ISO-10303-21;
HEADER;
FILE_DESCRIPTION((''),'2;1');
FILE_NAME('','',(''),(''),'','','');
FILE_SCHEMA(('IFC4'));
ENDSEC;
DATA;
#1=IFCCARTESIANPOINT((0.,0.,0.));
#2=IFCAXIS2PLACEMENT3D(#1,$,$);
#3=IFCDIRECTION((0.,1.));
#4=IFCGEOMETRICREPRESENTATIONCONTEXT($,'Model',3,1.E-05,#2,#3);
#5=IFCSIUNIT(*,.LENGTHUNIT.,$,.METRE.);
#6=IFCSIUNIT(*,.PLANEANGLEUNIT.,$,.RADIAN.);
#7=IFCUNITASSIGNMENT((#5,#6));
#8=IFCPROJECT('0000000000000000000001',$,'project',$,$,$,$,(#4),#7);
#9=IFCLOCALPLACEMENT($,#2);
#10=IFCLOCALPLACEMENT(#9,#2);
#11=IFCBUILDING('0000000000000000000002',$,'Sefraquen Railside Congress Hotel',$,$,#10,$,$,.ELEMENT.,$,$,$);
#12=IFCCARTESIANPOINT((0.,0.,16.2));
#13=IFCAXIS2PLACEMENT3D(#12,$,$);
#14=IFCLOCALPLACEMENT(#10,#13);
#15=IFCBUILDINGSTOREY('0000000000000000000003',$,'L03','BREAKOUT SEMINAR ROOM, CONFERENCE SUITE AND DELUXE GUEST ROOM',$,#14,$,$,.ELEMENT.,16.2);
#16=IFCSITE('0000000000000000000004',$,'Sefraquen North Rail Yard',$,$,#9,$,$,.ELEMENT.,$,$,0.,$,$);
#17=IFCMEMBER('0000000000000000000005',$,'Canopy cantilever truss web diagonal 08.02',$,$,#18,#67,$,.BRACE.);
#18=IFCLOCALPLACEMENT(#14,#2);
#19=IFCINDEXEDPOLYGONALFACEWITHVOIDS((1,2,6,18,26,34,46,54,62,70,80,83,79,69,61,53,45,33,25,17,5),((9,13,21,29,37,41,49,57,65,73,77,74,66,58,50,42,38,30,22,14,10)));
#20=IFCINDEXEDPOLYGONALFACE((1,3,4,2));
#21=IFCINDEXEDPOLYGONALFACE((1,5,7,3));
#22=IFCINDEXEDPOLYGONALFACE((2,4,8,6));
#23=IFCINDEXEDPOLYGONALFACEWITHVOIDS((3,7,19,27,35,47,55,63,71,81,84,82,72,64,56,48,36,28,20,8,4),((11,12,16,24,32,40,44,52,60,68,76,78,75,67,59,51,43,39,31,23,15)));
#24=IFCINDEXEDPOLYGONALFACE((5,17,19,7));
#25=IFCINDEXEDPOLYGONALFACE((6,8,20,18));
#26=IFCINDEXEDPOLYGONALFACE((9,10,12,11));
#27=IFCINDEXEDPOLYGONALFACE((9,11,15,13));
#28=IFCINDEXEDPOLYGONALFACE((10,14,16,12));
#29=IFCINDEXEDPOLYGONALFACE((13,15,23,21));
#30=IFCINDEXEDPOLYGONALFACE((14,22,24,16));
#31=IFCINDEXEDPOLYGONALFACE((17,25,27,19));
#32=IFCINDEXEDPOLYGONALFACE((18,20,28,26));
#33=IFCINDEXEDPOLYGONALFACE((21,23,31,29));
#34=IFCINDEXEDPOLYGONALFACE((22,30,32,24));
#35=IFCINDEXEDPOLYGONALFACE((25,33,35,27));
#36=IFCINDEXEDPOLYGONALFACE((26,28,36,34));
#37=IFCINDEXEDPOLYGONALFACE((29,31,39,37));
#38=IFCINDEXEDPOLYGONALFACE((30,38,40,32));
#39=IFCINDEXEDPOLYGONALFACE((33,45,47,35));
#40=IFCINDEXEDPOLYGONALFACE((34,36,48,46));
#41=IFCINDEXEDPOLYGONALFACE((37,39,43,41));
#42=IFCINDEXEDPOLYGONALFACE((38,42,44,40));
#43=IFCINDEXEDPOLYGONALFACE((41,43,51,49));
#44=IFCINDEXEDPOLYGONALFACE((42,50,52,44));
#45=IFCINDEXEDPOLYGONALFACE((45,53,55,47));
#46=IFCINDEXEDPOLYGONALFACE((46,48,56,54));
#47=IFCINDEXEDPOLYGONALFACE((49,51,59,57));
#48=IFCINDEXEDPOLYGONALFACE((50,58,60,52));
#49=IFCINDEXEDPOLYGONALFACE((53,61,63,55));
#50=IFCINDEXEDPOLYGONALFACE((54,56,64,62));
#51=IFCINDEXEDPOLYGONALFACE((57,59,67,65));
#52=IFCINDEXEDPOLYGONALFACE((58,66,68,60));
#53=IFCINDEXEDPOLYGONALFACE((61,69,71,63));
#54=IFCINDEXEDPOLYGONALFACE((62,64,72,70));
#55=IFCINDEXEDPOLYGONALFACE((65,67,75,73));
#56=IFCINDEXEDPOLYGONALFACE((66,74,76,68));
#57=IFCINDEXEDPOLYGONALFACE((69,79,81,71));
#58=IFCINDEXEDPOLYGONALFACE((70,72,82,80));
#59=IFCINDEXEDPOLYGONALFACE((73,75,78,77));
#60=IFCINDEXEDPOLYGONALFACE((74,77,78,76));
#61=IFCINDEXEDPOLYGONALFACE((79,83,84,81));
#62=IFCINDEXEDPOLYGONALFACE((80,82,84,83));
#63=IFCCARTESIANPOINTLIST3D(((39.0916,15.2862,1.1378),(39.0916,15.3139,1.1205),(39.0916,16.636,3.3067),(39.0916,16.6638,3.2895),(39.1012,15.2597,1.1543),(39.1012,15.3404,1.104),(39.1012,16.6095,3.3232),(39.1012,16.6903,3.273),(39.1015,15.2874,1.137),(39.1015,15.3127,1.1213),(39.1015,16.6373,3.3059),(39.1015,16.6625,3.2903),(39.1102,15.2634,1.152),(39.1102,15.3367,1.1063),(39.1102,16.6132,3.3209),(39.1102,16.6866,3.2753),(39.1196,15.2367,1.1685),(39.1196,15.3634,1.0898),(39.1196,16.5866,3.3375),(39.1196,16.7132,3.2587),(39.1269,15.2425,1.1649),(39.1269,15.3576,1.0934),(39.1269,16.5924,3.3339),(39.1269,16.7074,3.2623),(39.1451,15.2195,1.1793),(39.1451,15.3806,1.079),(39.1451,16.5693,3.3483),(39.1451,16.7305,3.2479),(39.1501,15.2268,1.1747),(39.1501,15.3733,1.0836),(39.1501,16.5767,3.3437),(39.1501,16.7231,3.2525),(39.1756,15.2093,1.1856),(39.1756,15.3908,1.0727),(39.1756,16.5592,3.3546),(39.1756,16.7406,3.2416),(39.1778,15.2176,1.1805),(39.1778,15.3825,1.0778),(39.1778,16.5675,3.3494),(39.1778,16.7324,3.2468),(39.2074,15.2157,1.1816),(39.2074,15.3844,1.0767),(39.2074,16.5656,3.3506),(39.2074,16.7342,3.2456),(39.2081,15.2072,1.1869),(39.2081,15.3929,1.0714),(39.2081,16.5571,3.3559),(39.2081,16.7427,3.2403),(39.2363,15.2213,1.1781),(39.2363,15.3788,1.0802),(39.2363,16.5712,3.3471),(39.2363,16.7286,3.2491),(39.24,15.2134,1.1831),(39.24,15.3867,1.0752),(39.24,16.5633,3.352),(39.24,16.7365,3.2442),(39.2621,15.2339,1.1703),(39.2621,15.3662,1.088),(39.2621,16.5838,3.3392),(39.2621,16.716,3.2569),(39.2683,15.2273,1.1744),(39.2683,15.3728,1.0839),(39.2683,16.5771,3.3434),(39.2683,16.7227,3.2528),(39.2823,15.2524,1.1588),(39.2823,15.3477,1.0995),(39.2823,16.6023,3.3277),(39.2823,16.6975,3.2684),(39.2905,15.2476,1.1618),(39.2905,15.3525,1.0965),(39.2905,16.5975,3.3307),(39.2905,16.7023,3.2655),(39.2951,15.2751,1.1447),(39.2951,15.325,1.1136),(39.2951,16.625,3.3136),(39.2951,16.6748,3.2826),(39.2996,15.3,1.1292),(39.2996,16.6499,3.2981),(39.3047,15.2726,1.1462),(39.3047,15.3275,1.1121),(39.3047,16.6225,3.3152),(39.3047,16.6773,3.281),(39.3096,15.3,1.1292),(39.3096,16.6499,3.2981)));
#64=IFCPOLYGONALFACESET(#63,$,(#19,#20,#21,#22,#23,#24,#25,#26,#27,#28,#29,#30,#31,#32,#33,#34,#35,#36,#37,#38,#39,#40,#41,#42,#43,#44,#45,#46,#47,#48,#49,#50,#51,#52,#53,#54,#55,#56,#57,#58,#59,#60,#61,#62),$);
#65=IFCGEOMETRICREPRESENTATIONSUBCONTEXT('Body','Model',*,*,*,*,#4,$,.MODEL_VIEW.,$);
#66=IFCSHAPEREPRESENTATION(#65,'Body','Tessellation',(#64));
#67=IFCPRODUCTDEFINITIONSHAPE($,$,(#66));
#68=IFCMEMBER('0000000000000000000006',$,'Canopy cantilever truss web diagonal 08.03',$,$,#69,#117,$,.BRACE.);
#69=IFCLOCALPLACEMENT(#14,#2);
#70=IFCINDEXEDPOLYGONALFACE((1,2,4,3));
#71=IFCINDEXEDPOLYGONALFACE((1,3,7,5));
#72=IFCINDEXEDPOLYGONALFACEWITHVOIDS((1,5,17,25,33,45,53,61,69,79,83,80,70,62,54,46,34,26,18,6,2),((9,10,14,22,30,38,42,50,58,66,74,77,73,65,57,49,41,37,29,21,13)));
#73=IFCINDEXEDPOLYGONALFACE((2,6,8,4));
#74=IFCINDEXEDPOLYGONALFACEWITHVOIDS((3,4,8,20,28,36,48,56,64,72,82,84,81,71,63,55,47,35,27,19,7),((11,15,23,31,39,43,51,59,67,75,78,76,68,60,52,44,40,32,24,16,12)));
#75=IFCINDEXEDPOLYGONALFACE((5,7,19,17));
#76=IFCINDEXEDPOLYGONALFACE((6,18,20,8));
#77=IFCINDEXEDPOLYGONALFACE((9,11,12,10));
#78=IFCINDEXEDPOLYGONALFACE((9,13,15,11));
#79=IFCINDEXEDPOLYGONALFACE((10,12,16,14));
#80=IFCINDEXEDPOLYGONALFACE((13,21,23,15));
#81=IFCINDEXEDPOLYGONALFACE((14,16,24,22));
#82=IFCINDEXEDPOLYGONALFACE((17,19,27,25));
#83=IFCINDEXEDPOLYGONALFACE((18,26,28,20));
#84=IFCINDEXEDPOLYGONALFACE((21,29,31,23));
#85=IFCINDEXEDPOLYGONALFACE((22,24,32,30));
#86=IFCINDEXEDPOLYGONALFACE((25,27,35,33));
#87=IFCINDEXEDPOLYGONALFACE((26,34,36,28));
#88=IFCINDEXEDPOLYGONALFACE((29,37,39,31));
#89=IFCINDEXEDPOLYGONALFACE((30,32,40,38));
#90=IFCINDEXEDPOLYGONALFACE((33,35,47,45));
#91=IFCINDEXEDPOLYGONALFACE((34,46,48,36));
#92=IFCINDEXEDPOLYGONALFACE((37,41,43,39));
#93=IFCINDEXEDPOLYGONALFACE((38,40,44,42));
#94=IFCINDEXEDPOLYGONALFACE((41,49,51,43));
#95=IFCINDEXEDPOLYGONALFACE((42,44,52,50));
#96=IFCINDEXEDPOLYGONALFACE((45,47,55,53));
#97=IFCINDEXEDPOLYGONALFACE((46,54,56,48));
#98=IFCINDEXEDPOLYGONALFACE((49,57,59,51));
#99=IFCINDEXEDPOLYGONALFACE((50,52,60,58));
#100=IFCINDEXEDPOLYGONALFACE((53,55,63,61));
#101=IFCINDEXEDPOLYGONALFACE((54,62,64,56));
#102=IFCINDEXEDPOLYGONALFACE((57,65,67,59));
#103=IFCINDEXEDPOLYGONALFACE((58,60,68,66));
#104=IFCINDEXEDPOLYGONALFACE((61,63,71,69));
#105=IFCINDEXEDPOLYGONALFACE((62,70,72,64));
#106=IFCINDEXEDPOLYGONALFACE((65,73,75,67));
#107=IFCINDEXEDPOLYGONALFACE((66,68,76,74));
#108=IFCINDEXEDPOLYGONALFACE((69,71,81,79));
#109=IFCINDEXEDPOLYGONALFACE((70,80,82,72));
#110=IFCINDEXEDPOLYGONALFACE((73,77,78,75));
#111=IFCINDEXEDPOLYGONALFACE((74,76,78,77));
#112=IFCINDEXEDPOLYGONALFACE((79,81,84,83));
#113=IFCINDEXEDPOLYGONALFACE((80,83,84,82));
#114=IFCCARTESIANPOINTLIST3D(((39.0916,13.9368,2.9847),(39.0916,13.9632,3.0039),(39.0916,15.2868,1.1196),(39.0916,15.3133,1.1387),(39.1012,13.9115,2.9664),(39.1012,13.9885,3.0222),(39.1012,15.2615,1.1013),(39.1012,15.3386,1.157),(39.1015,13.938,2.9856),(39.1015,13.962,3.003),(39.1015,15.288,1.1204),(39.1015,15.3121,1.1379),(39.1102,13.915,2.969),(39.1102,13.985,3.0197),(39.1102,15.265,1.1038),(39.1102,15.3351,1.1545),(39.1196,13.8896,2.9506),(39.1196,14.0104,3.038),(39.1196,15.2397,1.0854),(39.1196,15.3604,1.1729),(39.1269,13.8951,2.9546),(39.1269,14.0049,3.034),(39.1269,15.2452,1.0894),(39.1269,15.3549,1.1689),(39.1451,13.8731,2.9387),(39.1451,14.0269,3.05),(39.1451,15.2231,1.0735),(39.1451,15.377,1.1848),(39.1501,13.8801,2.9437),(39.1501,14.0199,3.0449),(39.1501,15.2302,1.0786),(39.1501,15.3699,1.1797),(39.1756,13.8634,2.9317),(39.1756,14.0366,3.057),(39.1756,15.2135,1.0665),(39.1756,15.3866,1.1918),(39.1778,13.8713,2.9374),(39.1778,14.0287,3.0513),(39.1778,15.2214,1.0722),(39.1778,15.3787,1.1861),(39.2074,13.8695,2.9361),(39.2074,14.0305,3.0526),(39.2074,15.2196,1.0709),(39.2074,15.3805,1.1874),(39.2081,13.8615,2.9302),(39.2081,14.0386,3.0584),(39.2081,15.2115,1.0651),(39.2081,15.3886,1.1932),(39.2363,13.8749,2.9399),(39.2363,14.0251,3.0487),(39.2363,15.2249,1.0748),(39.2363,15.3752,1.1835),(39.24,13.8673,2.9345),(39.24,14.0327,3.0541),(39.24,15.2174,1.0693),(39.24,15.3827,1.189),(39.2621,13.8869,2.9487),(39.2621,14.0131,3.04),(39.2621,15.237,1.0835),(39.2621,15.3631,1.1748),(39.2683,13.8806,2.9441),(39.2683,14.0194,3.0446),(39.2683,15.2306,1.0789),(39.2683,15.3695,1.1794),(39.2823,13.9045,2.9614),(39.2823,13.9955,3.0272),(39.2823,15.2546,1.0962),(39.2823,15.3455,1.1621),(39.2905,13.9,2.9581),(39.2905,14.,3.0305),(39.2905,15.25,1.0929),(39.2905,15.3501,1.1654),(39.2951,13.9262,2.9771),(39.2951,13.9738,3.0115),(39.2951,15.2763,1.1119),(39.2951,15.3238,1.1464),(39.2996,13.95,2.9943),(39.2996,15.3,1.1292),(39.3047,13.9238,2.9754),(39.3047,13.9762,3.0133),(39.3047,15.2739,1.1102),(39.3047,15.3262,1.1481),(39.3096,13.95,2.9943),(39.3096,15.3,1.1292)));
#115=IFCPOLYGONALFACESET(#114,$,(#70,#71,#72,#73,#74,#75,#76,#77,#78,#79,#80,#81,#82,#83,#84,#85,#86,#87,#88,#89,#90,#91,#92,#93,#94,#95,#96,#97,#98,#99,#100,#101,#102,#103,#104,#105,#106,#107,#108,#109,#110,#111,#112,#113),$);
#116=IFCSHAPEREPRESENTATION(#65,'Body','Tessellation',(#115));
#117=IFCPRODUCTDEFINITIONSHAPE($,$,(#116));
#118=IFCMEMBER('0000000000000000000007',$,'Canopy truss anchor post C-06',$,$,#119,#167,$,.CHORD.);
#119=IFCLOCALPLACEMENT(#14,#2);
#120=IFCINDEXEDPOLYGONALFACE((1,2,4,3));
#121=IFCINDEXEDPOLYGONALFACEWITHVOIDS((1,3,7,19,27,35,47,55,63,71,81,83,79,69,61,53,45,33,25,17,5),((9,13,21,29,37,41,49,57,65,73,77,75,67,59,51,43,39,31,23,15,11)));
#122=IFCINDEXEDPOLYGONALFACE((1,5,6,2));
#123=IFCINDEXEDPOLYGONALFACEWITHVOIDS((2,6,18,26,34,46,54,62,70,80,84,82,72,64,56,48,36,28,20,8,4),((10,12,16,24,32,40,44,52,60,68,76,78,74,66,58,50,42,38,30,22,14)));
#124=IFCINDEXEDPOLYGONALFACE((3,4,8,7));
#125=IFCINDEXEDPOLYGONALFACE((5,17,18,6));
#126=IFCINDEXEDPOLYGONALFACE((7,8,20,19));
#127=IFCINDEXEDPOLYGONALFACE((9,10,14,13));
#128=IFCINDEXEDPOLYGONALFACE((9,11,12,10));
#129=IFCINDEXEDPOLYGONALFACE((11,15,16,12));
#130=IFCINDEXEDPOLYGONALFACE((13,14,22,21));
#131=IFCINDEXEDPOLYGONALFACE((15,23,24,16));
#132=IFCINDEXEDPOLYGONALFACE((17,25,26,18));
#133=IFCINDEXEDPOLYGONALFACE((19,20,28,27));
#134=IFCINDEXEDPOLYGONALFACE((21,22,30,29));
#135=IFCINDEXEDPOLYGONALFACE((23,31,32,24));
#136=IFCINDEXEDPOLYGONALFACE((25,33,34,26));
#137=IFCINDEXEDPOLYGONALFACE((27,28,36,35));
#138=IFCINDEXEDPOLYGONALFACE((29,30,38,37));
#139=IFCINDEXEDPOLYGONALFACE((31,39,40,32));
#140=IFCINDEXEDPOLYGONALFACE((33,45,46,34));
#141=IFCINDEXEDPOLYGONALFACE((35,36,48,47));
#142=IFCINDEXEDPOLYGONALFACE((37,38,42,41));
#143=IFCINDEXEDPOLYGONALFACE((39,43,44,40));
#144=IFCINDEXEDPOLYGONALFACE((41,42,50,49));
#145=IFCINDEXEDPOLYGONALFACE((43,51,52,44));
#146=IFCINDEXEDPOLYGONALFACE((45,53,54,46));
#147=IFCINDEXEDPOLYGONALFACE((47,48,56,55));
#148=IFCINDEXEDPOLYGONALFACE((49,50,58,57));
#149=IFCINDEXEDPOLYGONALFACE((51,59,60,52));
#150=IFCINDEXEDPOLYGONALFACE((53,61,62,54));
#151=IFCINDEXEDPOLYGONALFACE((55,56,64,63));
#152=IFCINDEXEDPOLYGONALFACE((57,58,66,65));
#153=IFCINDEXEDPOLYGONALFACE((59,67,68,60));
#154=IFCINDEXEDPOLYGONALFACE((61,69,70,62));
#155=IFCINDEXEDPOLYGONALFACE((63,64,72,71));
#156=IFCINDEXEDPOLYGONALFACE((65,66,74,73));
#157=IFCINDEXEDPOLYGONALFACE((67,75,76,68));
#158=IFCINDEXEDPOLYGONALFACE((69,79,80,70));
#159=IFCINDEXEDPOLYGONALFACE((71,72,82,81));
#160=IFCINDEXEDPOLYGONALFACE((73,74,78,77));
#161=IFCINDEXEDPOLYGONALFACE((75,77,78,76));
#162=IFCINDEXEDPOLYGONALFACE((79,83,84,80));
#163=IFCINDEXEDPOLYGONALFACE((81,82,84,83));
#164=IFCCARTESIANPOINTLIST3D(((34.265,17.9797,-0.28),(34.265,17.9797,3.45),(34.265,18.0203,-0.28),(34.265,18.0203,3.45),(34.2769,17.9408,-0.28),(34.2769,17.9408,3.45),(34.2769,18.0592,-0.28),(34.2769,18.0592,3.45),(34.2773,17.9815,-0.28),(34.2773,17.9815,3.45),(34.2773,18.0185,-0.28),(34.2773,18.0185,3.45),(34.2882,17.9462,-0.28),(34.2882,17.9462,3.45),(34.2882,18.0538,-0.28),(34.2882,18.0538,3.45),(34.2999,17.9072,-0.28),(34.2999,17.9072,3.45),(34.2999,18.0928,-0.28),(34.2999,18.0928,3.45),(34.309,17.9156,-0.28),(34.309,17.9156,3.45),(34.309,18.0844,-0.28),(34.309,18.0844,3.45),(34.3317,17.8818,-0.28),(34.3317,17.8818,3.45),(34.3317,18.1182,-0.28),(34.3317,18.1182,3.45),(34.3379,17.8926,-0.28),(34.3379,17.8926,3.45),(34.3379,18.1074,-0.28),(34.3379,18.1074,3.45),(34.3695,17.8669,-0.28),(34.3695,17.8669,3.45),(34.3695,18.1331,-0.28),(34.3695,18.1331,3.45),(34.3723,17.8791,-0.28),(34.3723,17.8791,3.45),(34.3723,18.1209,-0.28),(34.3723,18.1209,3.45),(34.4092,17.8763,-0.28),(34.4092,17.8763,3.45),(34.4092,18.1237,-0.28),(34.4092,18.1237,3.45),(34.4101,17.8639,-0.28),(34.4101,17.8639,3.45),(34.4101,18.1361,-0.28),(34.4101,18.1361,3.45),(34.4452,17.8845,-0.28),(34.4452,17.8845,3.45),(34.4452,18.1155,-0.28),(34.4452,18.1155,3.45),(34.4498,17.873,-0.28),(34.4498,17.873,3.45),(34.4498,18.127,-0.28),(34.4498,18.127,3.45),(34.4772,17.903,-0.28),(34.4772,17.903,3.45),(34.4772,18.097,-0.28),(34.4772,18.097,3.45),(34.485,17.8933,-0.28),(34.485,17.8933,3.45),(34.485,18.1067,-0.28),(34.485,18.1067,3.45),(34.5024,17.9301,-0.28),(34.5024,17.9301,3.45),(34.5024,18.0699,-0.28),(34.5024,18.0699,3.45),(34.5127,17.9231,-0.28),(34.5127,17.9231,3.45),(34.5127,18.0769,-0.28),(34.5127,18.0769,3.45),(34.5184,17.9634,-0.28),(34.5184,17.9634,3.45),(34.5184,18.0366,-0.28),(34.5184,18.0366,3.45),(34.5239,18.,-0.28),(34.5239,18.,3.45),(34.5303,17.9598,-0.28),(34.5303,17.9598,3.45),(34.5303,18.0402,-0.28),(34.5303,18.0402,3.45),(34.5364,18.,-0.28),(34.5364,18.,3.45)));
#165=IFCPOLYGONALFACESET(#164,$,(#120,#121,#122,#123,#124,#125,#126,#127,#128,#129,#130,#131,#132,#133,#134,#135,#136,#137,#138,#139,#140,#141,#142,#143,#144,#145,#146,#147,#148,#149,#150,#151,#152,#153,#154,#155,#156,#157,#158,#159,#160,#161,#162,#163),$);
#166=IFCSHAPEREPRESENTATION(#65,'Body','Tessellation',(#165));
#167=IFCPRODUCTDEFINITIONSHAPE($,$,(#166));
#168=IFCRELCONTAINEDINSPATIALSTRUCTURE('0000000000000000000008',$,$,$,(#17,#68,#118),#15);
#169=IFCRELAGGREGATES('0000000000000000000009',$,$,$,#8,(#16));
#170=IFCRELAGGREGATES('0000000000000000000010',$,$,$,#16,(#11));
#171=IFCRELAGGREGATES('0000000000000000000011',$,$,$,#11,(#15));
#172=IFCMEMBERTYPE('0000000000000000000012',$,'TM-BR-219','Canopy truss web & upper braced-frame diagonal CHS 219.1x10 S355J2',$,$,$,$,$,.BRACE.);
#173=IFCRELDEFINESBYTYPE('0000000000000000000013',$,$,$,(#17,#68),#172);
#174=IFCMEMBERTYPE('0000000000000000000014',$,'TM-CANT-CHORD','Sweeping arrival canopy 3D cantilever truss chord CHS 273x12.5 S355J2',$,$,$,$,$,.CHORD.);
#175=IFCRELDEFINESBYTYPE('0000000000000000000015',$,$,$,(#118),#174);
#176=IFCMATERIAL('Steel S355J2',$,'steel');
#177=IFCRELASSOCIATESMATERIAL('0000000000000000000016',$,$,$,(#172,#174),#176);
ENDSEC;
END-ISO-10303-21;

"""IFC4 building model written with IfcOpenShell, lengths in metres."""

from ifc_helpers import new_model, si_unit, direction, frame, origin, origin_2d, place, context, subcontext, project, spatial, hollow_circle, extrude, material, material_profile, profile_set, type_object, element, save


model = new_model("IFC4")

# Units and contexts
model_context = context("Model", 3, precision=1e-05, world=origin(), true_north=direction((0.0, 1.0)))
body_context = subcontext(model_context, "Body", "Model", "MODEL_VIEW")
ifc_project = project(units=[si_unit("LENGTHUNIT", "METRE"), si_unit("PLANEANGLEUNIT", "RADIAN")], contexts=[model_context])

# Site, building, storey
site_placement = place(None, origin())
site = spatial("IfcSite", under=ifc_project, at=site_placement, Name="Sefraquen North Rail Yard", CompositionType="ELEMENT", RefElevation=0.0)
building_placement = place(site_placement, origin())
building = spatial("IfcBuilding", under=site, at=building_placement, Name="Sefraquen Railside Congress Hotel", CompositionType="ELEMENT")
storey_placement = place(building_placement, frame((0.0, 0.0, 16.2)))
storey = spatial("IfcBuildingStorey", under=building, at=storey_placement, Name="L03", Description="BREAKOUT SEMINAR ROOM, CONFERENCE SUITE AND DELUXE GUEST ROOM", CompositionType="ELEMENT", Elevation=16.2)

# Shared definitions
ifc_material_1 = material(Name="Steel S355J2", Category="steel")

# Members
ifc_material_profile_1 = material_profile(ifc_material_1, hollow_circle(Radius=0.1096, WallThickness=0.01, at=origin_2d()), Name="CHS 219.1x10")
ifc_profile_set_1 = profile_set([ifc_material_profile_1], Name="Steel S355J2")
member_type_1 = type_object("IfcMemberType", Name="TM-BR-219", Description="Canopy truss web & upper braced-frame diagonal CHS 219.1x10 S355J2", PredefinedType="BRACE", material=ifc_profile_set_1)
member_1_placement = place(storey_placement, frame((39.2, 16.6499, 3.2981), z_axis=(0.0, -0.528383, -0.849006), x_axis=(1.0, 0.0, 0.0)))
element("IfcMember", 1, at=member_1_placement, inside=storey, type_object=member_type_1, Name="Canopy cantilever truss web diagonal 08.02", PredefinedType="BRACE", context=body_context, shape_type="SweptSolid", body=[
    extrude(hollow_circle(Radius=0.1096, WallThickness=0.01, at=origin_2d()), origin(), (0.0, 0.0, 1.0), 2.5547),
])
member_2_placement = place(storey_placement, frame((39.2, 15.3, 1.1292), z_axis=(0.0, -0.586342, 0.810064), x_axis=(1.0, 0.0, 0.0)))
element("IfcMember", 2, at=member_2_placement, inside=storey, type_object=member_type_1, Name="Canopy cantilever truss web diagonal 08.03", PredefinedType="BRACE", context=body_context, shape_type="SweptSolid", body=[
    extrude(hollow_circle(Radius=0.1096, WallThickness=0.01, at=origin_2d()), origin(), (0.0, 0.0, 1.0), 2.3025),
])
ifc_material_profile_2 = material_profile(ifc_material_1, hollow_circle(Radius=0.1365, WallThickness=0.0125, at=origin_2d()), Name="CHS 273x12.5")
ifc_profile_set_2 = profile_set([ifc_material_profile_2], Name="Steel S355J2")
member_type_2 = type_object("IfcMemberType", Name="TM-CANT-CHORD", Description="Sweeping arrival canopy 3D cantilever truss chord CHS 273x12.5 S355J2", PredefinedType="CHORD", material=ifc_profile_set_2)
for number, where, z_axis, x_axis, name in (
    (3, (34.3999, 18.0, -0.28), (0.0, 0.0, 1.0), (1.0, 0.0, 0.0), "Canopy truss anchor post C-06"),
):
    element("IfcMember", number, at=place(storey_placement, frame(where, z_axis=z_axis, x_axis=x_axis)), inside=storey, type_object=member_type_2, Name=name, PredefinedType="CHORD", context=body_context, shape_type="SweptSolid", body=[
        extrude(hollow_circle(Radius=0.1365, WallThickness=0.0125, at=origin_2d()), origin(), (0.0, 0.0, 1.0), 3.73),
    ])

save(model, "model.ifc")
